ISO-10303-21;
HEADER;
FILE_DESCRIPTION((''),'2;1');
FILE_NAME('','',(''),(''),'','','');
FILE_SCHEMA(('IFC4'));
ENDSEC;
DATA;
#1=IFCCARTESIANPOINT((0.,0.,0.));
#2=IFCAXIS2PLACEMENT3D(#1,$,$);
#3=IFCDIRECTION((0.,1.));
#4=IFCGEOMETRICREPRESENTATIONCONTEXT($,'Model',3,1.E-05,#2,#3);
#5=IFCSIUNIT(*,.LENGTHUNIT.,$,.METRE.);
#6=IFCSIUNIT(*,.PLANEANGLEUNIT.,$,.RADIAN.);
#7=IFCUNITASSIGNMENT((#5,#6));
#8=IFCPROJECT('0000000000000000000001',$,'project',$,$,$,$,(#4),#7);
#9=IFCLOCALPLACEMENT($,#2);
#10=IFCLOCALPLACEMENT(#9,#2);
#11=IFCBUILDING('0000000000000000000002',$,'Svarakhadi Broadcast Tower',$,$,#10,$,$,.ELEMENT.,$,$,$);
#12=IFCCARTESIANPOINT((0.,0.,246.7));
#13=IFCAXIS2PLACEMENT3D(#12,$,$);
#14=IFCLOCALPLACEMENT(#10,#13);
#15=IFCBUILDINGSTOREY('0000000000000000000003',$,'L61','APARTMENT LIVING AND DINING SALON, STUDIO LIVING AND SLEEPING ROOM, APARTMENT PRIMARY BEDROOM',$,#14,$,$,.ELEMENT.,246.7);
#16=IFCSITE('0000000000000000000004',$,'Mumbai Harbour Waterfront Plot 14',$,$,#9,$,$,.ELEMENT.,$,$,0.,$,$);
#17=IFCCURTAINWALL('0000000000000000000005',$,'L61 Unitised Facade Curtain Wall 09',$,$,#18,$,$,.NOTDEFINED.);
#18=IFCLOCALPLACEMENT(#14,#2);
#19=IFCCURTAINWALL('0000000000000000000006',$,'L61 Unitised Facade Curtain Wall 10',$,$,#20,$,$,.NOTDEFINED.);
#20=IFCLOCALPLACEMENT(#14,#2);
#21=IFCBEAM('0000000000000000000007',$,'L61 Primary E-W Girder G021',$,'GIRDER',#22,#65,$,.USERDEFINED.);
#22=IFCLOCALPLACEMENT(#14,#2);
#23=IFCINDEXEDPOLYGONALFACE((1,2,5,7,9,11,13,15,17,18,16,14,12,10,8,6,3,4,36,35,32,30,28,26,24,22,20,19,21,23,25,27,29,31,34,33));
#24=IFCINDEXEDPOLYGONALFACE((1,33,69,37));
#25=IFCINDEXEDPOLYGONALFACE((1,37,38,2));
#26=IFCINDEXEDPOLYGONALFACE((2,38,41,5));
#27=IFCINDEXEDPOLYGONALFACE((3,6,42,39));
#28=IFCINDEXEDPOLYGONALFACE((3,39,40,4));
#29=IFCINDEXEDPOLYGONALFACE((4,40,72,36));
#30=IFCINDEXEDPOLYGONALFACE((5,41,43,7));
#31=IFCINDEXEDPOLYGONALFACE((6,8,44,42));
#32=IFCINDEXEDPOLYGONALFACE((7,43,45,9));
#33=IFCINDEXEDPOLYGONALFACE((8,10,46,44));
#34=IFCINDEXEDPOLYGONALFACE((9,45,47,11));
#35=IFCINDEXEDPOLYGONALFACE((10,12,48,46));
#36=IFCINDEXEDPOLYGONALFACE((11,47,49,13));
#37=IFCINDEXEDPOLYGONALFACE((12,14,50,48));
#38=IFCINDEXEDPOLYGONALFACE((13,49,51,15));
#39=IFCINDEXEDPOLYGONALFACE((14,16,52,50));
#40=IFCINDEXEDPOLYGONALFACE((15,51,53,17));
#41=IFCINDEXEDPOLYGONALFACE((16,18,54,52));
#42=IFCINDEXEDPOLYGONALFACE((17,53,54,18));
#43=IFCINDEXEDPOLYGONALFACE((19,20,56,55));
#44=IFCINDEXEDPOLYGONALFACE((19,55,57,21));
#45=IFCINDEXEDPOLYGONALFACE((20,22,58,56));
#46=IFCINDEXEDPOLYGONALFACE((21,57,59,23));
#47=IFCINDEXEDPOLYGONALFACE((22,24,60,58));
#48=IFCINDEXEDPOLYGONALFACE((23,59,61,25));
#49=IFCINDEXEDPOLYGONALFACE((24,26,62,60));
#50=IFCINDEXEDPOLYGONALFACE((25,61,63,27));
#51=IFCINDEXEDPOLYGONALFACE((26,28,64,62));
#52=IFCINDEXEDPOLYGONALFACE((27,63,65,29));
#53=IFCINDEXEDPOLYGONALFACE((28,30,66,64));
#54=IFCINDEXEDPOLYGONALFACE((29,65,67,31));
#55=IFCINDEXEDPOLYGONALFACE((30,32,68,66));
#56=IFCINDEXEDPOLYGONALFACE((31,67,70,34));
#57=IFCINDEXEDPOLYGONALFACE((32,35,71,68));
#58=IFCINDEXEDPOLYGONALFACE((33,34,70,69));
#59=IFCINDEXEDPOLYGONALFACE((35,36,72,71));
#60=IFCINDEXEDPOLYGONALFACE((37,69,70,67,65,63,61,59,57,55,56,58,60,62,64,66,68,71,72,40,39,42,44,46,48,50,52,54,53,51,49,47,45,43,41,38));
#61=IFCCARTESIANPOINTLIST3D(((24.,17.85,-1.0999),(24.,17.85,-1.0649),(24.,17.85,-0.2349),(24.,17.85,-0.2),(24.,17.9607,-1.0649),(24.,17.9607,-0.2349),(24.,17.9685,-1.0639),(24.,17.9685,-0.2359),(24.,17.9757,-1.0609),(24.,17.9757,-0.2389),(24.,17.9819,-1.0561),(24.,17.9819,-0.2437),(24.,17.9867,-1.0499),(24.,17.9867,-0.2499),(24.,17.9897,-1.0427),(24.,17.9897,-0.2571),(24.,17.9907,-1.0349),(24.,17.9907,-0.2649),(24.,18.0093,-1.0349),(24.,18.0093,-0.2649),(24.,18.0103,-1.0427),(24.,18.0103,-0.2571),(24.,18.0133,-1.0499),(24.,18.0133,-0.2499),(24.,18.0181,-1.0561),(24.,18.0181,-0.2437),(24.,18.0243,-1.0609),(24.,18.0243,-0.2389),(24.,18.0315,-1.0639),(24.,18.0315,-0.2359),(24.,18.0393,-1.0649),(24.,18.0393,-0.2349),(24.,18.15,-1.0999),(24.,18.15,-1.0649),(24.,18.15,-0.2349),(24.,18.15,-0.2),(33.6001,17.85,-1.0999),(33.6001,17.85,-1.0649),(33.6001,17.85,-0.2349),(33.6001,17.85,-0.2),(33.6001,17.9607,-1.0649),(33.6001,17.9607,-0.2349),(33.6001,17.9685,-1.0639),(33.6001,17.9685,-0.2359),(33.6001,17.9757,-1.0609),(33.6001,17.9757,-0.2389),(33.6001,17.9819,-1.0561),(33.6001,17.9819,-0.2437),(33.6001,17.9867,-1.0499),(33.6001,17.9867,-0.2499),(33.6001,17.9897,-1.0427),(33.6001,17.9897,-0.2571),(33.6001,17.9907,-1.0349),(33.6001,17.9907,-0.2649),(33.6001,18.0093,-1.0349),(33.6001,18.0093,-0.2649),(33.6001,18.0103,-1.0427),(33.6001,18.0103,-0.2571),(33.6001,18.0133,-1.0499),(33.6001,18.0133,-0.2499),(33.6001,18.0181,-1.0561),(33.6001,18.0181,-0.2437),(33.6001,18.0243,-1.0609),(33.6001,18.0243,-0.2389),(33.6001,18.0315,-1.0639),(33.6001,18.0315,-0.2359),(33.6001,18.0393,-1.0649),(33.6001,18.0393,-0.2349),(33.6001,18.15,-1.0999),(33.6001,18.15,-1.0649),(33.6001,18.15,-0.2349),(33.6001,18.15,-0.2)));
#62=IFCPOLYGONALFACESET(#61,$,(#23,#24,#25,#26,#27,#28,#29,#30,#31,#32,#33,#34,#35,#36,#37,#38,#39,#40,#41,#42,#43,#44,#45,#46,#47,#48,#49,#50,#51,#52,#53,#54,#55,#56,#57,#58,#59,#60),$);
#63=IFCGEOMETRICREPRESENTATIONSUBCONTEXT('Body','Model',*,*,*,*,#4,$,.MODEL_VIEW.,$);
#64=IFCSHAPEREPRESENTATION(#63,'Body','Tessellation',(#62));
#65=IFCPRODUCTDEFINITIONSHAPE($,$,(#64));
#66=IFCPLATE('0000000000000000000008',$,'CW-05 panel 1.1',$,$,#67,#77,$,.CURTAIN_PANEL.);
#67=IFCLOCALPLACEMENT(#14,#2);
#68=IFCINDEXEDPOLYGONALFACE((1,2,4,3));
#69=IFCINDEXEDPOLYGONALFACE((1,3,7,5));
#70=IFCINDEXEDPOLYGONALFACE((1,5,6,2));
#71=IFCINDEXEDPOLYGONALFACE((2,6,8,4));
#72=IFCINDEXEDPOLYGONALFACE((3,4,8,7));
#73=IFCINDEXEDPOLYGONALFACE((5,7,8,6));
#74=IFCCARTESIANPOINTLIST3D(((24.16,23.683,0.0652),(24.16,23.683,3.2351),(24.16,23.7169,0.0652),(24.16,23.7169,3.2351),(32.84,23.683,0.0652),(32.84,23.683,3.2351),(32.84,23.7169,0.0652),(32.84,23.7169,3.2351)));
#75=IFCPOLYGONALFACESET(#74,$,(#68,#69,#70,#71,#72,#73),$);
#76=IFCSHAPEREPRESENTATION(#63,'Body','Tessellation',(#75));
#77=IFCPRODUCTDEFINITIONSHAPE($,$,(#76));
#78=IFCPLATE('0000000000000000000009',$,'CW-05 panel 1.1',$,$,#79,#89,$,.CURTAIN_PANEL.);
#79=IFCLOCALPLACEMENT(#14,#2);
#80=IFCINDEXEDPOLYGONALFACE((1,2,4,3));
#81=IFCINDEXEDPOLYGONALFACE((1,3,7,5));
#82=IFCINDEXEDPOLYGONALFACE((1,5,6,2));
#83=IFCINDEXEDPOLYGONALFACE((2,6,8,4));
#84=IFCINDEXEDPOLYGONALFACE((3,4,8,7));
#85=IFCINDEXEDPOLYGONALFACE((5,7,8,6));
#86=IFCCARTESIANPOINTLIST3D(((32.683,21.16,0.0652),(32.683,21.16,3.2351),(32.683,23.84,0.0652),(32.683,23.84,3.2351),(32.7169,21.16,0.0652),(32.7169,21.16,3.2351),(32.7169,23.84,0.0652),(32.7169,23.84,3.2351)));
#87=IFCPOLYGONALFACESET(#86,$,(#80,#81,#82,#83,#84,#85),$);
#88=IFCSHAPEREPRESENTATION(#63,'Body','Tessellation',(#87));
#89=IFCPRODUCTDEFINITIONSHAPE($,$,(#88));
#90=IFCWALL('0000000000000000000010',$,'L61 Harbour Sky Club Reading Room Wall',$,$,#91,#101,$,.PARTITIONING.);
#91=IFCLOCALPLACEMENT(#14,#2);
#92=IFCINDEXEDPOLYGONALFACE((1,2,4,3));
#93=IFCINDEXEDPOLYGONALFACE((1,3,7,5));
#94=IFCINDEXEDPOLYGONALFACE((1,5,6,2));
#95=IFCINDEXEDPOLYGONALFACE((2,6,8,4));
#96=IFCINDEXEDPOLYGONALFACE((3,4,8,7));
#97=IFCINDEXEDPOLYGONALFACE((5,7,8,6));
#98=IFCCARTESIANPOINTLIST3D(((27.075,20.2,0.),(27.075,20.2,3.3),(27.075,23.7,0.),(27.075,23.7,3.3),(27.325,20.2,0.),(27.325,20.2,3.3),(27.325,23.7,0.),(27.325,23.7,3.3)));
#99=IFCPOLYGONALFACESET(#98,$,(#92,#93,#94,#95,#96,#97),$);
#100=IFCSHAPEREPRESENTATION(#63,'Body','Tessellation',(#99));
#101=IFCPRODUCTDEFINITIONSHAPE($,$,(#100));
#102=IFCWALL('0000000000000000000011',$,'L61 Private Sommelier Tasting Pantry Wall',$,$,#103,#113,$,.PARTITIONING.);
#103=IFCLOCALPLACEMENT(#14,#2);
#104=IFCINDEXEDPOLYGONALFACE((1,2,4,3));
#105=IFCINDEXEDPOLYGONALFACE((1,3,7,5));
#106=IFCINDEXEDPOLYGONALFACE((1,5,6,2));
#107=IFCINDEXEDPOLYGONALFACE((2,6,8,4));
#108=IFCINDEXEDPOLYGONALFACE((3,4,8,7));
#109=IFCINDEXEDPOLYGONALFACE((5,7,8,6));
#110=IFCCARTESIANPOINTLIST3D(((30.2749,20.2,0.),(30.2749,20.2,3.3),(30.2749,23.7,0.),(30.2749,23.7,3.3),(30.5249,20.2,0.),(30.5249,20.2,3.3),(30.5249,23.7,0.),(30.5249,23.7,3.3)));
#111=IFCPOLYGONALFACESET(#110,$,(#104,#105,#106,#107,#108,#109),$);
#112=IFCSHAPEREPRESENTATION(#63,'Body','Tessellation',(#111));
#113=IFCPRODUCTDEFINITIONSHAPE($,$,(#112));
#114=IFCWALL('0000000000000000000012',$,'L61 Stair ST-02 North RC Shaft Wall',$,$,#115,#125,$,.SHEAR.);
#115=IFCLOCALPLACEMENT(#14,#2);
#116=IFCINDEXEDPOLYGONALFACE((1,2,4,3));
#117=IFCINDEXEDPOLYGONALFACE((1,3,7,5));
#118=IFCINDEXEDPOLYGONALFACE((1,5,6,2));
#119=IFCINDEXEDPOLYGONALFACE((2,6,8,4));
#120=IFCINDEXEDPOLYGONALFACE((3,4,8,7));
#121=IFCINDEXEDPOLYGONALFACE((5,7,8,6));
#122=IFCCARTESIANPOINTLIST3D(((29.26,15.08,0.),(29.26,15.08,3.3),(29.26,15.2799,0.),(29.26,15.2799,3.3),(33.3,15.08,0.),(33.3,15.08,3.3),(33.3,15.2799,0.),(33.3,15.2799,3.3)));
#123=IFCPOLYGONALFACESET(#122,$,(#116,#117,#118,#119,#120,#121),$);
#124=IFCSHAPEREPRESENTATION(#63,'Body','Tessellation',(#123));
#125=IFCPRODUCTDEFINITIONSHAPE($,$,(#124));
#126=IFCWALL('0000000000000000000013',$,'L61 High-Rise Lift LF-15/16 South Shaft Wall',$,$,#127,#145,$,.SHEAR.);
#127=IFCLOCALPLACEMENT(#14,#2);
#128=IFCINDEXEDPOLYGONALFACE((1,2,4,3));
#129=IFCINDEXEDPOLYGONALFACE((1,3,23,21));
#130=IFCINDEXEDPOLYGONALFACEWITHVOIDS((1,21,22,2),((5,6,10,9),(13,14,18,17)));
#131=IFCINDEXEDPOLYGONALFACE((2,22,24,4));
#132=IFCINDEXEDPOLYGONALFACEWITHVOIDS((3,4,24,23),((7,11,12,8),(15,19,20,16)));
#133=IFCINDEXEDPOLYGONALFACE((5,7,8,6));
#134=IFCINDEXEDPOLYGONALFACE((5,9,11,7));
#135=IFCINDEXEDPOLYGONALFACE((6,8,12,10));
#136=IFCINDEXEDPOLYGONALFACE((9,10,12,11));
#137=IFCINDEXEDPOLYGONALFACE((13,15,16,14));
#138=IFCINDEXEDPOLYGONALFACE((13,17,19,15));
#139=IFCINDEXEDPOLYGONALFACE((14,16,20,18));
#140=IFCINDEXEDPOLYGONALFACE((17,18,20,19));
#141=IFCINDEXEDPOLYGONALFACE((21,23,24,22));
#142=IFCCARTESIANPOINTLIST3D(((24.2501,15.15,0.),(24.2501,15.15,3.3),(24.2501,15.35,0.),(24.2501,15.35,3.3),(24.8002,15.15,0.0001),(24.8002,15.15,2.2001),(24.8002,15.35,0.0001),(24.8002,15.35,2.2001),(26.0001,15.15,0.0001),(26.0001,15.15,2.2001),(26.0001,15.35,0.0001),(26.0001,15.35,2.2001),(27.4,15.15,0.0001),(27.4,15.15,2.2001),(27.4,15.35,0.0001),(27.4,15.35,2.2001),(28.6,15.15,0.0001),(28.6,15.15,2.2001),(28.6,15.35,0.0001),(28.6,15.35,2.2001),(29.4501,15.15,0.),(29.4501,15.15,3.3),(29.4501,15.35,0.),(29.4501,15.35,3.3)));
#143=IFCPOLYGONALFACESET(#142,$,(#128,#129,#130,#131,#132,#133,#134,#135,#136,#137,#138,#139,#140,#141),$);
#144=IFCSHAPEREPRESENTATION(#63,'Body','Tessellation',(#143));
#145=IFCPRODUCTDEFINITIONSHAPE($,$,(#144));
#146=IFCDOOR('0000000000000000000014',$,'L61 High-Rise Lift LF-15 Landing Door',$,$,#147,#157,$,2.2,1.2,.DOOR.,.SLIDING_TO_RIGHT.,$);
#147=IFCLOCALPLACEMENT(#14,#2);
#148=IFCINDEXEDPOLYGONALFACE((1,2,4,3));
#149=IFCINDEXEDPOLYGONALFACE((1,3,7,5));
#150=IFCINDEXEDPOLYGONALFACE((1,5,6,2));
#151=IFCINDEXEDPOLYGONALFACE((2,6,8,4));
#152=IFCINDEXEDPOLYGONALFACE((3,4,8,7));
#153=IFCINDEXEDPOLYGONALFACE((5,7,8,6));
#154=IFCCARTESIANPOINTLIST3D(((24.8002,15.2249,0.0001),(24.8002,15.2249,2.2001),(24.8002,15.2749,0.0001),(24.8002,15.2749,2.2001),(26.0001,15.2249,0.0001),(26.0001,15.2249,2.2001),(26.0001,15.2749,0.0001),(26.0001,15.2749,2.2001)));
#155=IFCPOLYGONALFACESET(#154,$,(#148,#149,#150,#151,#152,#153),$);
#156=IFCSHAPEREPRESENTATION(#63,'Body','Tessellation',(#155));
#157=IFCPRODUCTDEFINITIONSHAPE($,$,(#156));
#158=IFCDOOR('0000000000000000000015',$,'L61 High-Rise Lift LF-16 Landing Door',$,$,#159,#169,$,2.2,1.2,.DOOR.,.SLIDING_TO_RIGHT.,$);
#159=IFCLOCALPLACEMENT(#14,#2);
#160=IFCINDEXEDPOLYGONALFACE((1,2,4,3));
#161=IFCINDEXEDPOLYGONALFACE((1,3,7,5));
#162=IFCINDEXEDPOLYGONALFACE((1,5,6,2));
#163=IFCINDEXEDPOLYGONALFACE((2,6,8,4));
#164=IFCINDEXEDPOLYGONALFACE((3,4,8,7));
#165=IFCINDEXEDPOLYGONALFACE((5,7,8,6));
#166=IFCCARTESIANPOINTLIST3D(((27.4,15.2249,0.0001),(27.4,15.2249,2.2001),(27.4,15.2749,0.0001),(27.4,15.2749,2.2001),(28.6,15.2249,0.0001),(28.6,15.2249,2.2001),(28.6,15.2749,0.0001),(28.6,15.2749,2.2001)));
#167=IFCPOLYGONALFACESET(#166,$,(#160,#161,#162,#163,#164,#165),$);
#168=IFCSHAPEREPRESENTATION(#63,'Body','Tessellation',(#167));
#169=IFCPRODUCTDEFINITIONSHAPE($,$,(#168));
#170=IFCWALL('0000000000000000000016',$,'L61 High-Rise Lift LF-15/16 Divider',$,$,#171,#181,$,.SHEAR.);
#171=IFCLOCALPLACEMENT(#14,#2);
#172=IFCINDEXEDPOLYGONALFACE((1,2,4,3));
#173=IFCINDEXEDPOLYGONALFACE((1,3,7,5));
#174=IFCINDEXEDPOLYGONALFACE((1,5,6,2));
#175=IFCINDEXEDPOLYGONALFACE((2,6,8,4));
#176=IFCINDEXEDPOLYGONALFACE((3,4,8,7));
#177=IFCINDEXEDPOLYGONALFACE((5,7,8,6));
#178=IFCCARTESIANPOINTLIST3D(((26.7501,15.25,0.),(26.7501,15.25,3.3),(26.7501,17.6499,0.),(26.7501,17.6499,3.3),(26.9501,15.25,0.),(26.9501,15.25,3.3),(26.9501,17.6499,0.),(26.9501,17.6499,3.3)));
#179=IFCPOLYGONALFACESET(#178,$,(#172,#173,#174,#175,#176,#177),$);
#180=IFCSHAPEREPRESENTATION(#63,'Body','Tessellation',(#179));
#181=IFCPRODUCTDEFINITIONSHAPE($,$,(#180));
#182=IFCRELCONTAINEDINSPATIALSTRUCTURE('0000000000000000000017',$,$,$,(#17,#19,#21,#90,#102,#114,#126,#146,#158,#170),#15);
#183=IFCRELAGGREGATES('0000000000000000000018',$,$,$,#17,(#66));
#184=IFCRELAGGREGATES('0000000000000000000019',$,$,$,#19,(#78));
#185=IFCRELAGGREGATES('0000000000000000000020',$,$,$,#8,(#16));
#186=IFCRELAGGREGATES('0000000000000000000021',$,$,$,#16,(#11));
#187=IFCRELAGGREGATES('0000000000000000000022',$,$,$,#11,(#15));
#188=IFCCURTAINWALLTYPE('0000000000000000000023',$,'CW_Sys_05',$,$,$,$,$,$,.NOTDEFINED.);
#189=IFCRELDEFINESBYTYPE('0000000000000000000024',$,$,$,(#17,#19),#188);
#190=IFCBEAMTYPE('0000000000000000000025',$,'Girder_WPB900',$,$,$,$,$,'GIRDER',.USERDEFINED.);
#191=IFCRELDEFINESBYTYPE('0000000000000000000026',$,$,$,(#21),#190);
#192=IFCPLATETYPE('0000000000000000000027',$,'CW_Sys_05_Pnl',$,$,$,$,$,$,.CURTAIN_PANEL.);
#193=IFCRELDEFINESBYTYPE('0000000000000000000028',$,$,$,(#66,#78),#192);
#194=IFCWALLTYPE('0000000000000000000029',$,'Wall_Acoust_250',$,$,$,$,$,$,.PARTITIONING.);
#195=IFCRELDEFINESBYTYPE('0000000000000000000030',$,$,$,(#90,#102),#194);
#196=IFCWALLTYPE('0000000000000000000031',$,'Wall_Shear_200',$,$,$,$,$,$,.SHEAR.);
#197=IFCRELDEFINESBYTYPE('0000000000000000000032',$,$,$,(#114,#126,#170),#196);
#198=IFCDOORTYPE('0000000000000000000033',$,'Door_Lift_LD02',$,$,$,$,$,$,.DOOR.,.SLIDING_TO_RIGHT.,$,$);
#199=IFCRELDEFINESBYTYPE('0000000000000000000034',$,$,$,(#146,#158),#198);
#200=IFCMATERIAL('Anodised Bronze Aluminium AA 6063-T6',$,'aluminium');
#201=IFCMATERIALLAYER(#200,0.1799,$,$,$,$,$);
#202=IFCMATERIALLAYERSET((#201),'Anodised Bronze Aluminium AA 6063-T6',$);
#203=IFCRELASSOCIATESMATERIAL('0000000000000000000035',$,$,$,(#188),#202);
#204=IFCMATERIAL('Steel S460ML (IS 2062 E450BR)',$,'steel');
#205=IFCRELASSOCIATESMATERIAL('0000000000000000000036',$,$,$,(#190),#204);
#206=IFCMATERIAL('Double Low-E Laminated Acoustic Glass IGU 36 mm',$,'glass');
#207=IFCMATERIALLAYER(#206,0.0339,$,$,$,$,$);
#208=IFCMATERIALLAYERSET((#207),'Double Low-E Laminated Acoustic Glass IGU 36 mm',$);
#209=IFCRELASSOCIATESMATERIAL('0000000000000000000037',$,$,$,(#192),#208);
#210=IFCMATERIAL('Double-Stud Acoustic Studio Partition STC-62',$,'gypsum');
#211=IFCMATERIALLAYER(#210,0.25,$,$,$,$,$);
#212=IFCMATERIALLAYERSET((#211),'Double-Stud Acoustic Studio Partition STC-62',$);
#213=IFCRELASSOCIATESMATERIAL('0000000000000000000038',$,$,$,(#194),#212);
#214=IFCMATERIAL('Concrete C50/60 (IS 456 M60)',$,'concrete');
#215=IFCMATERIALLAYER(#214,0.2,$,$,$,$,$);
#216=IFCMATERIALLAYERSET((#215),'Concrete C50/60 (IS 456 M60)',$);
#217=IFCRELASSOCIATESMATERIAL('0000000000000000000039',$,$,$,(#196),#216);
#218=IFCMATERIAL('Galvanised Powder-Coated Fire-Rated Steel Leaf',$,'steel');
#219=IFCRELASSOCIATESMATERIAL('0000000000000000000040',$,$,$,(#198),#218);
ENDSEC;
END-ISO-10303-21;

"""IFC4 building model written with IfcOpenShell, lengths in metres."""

from ifc_helpers import new_model, si_unit, direction, frame, frame_2d, origin, origin_2d, place, context, subcontext, project, spatial, rectangle, i_section, extrude, material, layer, layer_set, material_profile, profile_set, type_object, element, fill, aggregate, save


model = new_model("IFC4")

# Units and contexts
model_context = context("Model", 3, precision=1e-05, world=origin(), true_north=direction((0.0, 1.0)))
body_context = subcontext(model_context, "Body", "Model", "MODEL_VIEW")
ifc_project = project(units=[si_unit("LENGTHUNIT", "METRE"), si_unit("PLANEANGLEUNIT", "RADIAN")], contexts=[model_context])

# Site, building, storey
site_placement = place(None, origin())
site = spatial("IfcSite", under=ifc_project, at=site_placement, Name="Mumbai Harbour Waterfront Plot 14", CompositionType="ELEMENT", RefElevation=0.0)
building_placement = place(site_placement, origin())
building = spatial("IfcBuilding", under=site, at=building_placement, Name="Svarakhadi Broadcast Tower", CompositionType="ELEMENT")
storey_placement = place(building_placement, frame((0.0, 0.0, 246.7)))
storey = spatial("IfcBuildingStorey", under=building, at=storey_placement, Name="L61", Description="APARTMENT LIVING AND DINING SALON, STUDIO LIVING AND SLEEPING ROOM, APARTMENT PRIMARY BEDROOM", CompositionType="ELEMENT", Elevation=246.7)

# Curtain walls
ifc_material_1 = material(Name="Anodised Bronze Aluminium AA 6063-T6", Category="aluminium")
ifc_layer_1 = layer(ifc_material_1, 0.1799)
ifc_layer_set_1 = layer_set([ifc_layer_1], Name="Anodised Bronze Aluminium AA 6063-T6")
curtain_wall_type = type_object("IfcCurtainWallType", Name="CW_Sys_05", PredefinedType="NOTDEFINED", material=ifc_layer_set_1)
curtain_wall_1_placement = place(storey_placement, origin())
curtain_wall_1 = element("IfcCurtainWall", 1, at=curtain_wall_1_placement, inside=storey, type_object=curtain_wall_type, Name="L61 Unitised Facade Curtain Wall 09", PredefinedType="NOTDEFINED")
curtain_wall_2_placement = place(storey_placement, origin())
curtain_wall_2 = element("IfcCurtainWall", 2, at=curtain_wall_2_placement, inside=storey, type_object=curtain_wall_type, Name="L61 Unitised Facade Curtain Wall 10", PredefinedType="NOTDEFINED")

# Beam
ifc_material_2 = material(Name="Steel S460ML (IS 2062 E450BR)", Category="steel")
ifc_material_profile_1 = material_profile(ifc_material_2, i_section(OverallWidth=0.3, OverallDepth=0.8999, WebThickness=0.0186, FlangeThickness=0.0349, FilletRadius=0.03, at=origin_2d()), Name="WPB 900x300x291")
ifc_profile_set_1 = profile_set([ifc_material_profile_1], Name="Steel S460ML (IS 2062 E450BR)")
beam_type = type_object("IfcBeamType", Name="Girder_WPB900", ElementType="GIRDER", PredefinedType="USERDEFINED", material=ifc_profile_set_1)
beam_placement = place(storey_placement, frame((24.0, 18.0, -0.6499), z_axis=(1.0, 0.0, 0.0), x_axis=(0.0, 1.0, 0.0)))
element("IfcBeam", 3, at=beam_placement, inside=storey, type_object=beam_type, Name="L61 Primary E-W Girder G021", ObjectType="GIRDER", PredefinedType="USERDEFINED", context=body_context, shape_type="SweptSolid", body=[
    extrude(i_section(OverallWidth=0.3, OverallDepth=0.8999, WebThickness=0.0186, FlangeThickness=0.0349, FilletRadius=0.03, at=origin_2d()), origin(), (0.0, 0.0, 1.0), 9.6001),
])

# Plates
ifc_material_3 = material(Name="Double Low-E Laminated Acoustic Glass IGU 36 mm", Category="glass")
ifc_layer_2 = layer(ifc_material_3, 0.0339)
ifc_layer_set_2 = layer_set([ifc_layer_2], Name="Double Low-E Laminated Acoustic Glass IGU 36 mm")
plate_type = type_object("IfcPlateType", Name="CW_Sys_05_Pnl", PredefinedType="CURTAIN_PANEL", material=ifc_layer_set_2)
plate_1_placement = place(storey_placement, frame((28.5, 23.7, 0.0652), z_axis=(0.0, 0.0, 1.0), x_axis=(1.0, 0.0, 0.0)))
plate_1 = element("IfcPlate", 4, at=plate_1_placement, type_object=plate_type, Name="CW-05 panel 1.1", PredefinedType="CURTAIN_PANEL", context=body_context, shape_type="SweptSolid", body=[
    extrude(rectangle(XDim=8.6799, YDim=0.0339, at=origin_2d()), origin(), (0.0, 0.0, 1.0), 3.1699),
])
aggregate(curtain_wall_1, [plate_1])
plate_2_placement = place(storey_placement, frame((32.7, 22.5, 0.0652), z_axis=(0.0, 0.0, 1.0), x_axis=(0.0, -1.0, 0.0)))
plate_2 = element("IfcPlate", 5, at=plate_2_placement, type_object=plate_type, Name="CW-05 panel 1.1", PredefinedType="CURTAIN_PANEL", context=body_context, shape_type="SweptSolid", body=[
    extrude(rectangle(XDim=2.6799, YDim=0.0339, at=origin_2d()), origin(), (0.0, 0.0, 1.0), 3.1699),
])
aggregate(curtain_wall_2, [plate_2])

# Walls
ifc_material_4 = material(Name="Double-Stud Acoustic Studio Partition STC-62", Category="gypsum")
ifc_layer_3 = layer(ifc_material_4, 0.25)
ifc_layer_set_3 = layer_set([ifc_layer_3], Name="Double-Stud Acoustic Studio Partition STC-62")
wall_type_1 = type_object("IfcWallType", Name="Wall_Acoust_250", PredefinedType="PARTITIONING", material=ifc_layer_set_3)
for number, where, z_axis, x_axis, name in (
    (6, (27.2, 20.2, 0.0), (0.0, 0.0, 1.0), (0.0, 1.0, 0.0), "L61 Harbour Sky Club Reading Room Wall"),
    (7, (30.3999, 20.2, 0.0), (0.0, 0.0, 1.0), (0.0, 1.0, 0.0), "L61 Private Sommelier Tasting Pantry Wall"),
):
    element("IfcWall", number, at=place(storey_placement, frame(where, z_axis=z_axis, x_axis=x_axis)), inside=storey, type_object=wall_type_1, Name=name, PredefinedType="PARTITIONING", context=body_context, shape_type="SweptSolid", body=[
        extrude(rectangle(XDim=3.5, YDim=0.25, at=frame_2d((1.75, 0.0))), origin(), (0.0, 0.0, 1.0), 3.3),
    ])

# Shared definitions
ifc_material_5 = material(Name="Galvanised Powder-Coated Fire-Rated Steel Leaf", Category="steel")

# Wall
ifc_material_6 = material(Name="Concrete C50/60 (IS 456 M60)", Category="concrete")
ifc_layer_4 = layer(ifc_material_6, 0.2)
ifc_layer_set_4 = layer_set([ifc_layer_4], Name="Concrete C50/60 (IS 456 M60)")
wall_type_2 = type_object("IfcWallType", Name="Wall_Shear_200", PredefinedType="SHEAR", material=ifc_layer_set_4)
wall_1_placement = place(storey_placement, frame((29.26, 15.1799, 0.0), z_axis=(0.0, 0.0, 1.0), x_axis=(1.0, 0.0, 0.0)))
element("IfcWall", 8, at=wall_1_placement, inside=storey, type_object=wall_type_2, Name="L61 Stair ST-02 North RC Shaft Wall", PredefinedType="SHEAR", context=body_context, shape_type="SweptSolid", body=[
    extrude(rectangle(XDim=4.04, YDim=0.2, at=frame_2d((2.02, 0.0))), origin(), (0.0, 0.0, 1.0), 3.3),
])

# Wall, openings, doors
wall_2_placement = place(storey_placement, frame((24.25, 15.25, 0.0), z_axis=(0.0, 0.0, 1.0), x_axis=(1.0, 0.0, 0.0)))
wall_2 = element("IfcWall", 9, at=wall_2_placement, inside=storey, type_object=wall_type_2, Name="L61 High-Rise Lift LF-15/16 South Shaft Wall", PredefinedType="SHEAR", context=body_context, shape_type="SweptSolid", body=[
    extrude(rectangle(XDim=5.2, YDim=0.2, at=frame_2d((2.6001, 0.0))), origin(), (0.0, 0.0, 1.0), 3.3),
])
opening_1_placement = place(wall_2_placement, frame((0.55, 0.0, 0.0)))
opening_1 = element("IfcOpeningElement", 10, at=opening_1_placement, cuts=wall_2, PredefinedType="OPENING", context=body_context, shape_type="SweptSolid", body=[
    extrude(rectangle(XDim=1.2, YDim=2.2, at=frame_2d((0.6001, 1.1001))), frame((0.0, 0.1099, 0.0), z_axis=(0.0, -1.0, 0.0), x_axis=(1.0, 0.0, 0.0)), (0.0, 0.0, 1.0), 0.22),
])
opening_2_placement = place(wall_2_placement, frame((3.1499, 0.0, 0.0)))
opening_2 = element("IfcOpeningElement", 11, at=opening_2_placement, cuts=wall_2, PredefinedType="OPENING", context=body_context, shape_type="SweptSolid", body=[
    extrude(rectangle(XDim=1.2, YDim=2.2, at=frame_2d((0.6001, 1.1001))), frame((0.0, 0.1099, 0.0), z_axis=(0.0, -1.0, 0.0), x_axis=(1.0, 0.0, 0.0)), (0.0, 0.0, 1.0), 0.22),
])
door_type_1 = type_object("IfcDoorType", Name="Door_Lift_LD02", OperationType="SLIDING_TO_RIGHT", PredefinedType="DOOR", material=ifc_material_5)
door_1_placement = place(opening_1_placement, origin())
door_1 = element("IfcDoor", 12, at=door_1_placement, inside=storey, type_object=door_type_1, Name="L61 High-Rise Lift LF-15 Landing Door", OperationType="SLIDING_TO_RIGHT", OverallHeight=2.2, OverallWidth=1.2, PredefinedType="DOOR", context=body_context, shape_type="SweptSolid", body=[
    extrude(rectangle(XDim=1.2, YDim=2.2, at=frame_2d((0.6001, 1.1001))), frame((0.0, 0.0249, 0.0), z_axis=(0.0, -1.0, 0.0), x_axis=(1.0, 0.0, 0.0)), (0.0, 0.0, 1.0), 0.05),
])
fill(opening_1, door_1)
door_2_placement = place(opening_2_placement, origin())
door_2 = element("IfcDoor", 13, at=door_2_placement, inside=storey, type_object=door_type_1, Name="L61 High-Rise Lift LF-16 Landing Door", OperationType="SLIDING_TO_RIGHT", OverallHeight=2.2, OverallWidth=1.2, PredefinedType="DOOR", context=body_context, shape_type="SweptSolid", body=[
    extrude(rectangle(XDim=1.2, YDim=2.2, at=frame_2d((0.6001, 1.1001))), frame((0.0, 0.0249, 0.0), z_axis=(0.0, -1.0, 0.0), x_axis=(1.0, 0.0, 0.0)), (0.0, 0.0, 1.0), 0.05),
])
fill(opening_2, door_2)

# Wall
wall_3_placement = place(storey_placement, frame((26.8501, 15.25, 0.0), z_axis=(0.0, 0.0, 1.0), x_axis=(0.0, 1.0, 0.0)))
element("IfcWall", 14, at=wall_3_placement, inside=storey, type_object=wall_type_2, Name="L61 High-Rise Lift LF-15/16 Divider", PredefinedType="SHEAR", context=body_context, shape_type="SweptSolid", body=[
    extrude(rectangle(XDim=2.3999, YDim=0.2, at=frame_2d((1.2, 0.0))), origin(), (0.0, 0.0, 1.0), 3.3),
])

save(model, "model.ifc")
